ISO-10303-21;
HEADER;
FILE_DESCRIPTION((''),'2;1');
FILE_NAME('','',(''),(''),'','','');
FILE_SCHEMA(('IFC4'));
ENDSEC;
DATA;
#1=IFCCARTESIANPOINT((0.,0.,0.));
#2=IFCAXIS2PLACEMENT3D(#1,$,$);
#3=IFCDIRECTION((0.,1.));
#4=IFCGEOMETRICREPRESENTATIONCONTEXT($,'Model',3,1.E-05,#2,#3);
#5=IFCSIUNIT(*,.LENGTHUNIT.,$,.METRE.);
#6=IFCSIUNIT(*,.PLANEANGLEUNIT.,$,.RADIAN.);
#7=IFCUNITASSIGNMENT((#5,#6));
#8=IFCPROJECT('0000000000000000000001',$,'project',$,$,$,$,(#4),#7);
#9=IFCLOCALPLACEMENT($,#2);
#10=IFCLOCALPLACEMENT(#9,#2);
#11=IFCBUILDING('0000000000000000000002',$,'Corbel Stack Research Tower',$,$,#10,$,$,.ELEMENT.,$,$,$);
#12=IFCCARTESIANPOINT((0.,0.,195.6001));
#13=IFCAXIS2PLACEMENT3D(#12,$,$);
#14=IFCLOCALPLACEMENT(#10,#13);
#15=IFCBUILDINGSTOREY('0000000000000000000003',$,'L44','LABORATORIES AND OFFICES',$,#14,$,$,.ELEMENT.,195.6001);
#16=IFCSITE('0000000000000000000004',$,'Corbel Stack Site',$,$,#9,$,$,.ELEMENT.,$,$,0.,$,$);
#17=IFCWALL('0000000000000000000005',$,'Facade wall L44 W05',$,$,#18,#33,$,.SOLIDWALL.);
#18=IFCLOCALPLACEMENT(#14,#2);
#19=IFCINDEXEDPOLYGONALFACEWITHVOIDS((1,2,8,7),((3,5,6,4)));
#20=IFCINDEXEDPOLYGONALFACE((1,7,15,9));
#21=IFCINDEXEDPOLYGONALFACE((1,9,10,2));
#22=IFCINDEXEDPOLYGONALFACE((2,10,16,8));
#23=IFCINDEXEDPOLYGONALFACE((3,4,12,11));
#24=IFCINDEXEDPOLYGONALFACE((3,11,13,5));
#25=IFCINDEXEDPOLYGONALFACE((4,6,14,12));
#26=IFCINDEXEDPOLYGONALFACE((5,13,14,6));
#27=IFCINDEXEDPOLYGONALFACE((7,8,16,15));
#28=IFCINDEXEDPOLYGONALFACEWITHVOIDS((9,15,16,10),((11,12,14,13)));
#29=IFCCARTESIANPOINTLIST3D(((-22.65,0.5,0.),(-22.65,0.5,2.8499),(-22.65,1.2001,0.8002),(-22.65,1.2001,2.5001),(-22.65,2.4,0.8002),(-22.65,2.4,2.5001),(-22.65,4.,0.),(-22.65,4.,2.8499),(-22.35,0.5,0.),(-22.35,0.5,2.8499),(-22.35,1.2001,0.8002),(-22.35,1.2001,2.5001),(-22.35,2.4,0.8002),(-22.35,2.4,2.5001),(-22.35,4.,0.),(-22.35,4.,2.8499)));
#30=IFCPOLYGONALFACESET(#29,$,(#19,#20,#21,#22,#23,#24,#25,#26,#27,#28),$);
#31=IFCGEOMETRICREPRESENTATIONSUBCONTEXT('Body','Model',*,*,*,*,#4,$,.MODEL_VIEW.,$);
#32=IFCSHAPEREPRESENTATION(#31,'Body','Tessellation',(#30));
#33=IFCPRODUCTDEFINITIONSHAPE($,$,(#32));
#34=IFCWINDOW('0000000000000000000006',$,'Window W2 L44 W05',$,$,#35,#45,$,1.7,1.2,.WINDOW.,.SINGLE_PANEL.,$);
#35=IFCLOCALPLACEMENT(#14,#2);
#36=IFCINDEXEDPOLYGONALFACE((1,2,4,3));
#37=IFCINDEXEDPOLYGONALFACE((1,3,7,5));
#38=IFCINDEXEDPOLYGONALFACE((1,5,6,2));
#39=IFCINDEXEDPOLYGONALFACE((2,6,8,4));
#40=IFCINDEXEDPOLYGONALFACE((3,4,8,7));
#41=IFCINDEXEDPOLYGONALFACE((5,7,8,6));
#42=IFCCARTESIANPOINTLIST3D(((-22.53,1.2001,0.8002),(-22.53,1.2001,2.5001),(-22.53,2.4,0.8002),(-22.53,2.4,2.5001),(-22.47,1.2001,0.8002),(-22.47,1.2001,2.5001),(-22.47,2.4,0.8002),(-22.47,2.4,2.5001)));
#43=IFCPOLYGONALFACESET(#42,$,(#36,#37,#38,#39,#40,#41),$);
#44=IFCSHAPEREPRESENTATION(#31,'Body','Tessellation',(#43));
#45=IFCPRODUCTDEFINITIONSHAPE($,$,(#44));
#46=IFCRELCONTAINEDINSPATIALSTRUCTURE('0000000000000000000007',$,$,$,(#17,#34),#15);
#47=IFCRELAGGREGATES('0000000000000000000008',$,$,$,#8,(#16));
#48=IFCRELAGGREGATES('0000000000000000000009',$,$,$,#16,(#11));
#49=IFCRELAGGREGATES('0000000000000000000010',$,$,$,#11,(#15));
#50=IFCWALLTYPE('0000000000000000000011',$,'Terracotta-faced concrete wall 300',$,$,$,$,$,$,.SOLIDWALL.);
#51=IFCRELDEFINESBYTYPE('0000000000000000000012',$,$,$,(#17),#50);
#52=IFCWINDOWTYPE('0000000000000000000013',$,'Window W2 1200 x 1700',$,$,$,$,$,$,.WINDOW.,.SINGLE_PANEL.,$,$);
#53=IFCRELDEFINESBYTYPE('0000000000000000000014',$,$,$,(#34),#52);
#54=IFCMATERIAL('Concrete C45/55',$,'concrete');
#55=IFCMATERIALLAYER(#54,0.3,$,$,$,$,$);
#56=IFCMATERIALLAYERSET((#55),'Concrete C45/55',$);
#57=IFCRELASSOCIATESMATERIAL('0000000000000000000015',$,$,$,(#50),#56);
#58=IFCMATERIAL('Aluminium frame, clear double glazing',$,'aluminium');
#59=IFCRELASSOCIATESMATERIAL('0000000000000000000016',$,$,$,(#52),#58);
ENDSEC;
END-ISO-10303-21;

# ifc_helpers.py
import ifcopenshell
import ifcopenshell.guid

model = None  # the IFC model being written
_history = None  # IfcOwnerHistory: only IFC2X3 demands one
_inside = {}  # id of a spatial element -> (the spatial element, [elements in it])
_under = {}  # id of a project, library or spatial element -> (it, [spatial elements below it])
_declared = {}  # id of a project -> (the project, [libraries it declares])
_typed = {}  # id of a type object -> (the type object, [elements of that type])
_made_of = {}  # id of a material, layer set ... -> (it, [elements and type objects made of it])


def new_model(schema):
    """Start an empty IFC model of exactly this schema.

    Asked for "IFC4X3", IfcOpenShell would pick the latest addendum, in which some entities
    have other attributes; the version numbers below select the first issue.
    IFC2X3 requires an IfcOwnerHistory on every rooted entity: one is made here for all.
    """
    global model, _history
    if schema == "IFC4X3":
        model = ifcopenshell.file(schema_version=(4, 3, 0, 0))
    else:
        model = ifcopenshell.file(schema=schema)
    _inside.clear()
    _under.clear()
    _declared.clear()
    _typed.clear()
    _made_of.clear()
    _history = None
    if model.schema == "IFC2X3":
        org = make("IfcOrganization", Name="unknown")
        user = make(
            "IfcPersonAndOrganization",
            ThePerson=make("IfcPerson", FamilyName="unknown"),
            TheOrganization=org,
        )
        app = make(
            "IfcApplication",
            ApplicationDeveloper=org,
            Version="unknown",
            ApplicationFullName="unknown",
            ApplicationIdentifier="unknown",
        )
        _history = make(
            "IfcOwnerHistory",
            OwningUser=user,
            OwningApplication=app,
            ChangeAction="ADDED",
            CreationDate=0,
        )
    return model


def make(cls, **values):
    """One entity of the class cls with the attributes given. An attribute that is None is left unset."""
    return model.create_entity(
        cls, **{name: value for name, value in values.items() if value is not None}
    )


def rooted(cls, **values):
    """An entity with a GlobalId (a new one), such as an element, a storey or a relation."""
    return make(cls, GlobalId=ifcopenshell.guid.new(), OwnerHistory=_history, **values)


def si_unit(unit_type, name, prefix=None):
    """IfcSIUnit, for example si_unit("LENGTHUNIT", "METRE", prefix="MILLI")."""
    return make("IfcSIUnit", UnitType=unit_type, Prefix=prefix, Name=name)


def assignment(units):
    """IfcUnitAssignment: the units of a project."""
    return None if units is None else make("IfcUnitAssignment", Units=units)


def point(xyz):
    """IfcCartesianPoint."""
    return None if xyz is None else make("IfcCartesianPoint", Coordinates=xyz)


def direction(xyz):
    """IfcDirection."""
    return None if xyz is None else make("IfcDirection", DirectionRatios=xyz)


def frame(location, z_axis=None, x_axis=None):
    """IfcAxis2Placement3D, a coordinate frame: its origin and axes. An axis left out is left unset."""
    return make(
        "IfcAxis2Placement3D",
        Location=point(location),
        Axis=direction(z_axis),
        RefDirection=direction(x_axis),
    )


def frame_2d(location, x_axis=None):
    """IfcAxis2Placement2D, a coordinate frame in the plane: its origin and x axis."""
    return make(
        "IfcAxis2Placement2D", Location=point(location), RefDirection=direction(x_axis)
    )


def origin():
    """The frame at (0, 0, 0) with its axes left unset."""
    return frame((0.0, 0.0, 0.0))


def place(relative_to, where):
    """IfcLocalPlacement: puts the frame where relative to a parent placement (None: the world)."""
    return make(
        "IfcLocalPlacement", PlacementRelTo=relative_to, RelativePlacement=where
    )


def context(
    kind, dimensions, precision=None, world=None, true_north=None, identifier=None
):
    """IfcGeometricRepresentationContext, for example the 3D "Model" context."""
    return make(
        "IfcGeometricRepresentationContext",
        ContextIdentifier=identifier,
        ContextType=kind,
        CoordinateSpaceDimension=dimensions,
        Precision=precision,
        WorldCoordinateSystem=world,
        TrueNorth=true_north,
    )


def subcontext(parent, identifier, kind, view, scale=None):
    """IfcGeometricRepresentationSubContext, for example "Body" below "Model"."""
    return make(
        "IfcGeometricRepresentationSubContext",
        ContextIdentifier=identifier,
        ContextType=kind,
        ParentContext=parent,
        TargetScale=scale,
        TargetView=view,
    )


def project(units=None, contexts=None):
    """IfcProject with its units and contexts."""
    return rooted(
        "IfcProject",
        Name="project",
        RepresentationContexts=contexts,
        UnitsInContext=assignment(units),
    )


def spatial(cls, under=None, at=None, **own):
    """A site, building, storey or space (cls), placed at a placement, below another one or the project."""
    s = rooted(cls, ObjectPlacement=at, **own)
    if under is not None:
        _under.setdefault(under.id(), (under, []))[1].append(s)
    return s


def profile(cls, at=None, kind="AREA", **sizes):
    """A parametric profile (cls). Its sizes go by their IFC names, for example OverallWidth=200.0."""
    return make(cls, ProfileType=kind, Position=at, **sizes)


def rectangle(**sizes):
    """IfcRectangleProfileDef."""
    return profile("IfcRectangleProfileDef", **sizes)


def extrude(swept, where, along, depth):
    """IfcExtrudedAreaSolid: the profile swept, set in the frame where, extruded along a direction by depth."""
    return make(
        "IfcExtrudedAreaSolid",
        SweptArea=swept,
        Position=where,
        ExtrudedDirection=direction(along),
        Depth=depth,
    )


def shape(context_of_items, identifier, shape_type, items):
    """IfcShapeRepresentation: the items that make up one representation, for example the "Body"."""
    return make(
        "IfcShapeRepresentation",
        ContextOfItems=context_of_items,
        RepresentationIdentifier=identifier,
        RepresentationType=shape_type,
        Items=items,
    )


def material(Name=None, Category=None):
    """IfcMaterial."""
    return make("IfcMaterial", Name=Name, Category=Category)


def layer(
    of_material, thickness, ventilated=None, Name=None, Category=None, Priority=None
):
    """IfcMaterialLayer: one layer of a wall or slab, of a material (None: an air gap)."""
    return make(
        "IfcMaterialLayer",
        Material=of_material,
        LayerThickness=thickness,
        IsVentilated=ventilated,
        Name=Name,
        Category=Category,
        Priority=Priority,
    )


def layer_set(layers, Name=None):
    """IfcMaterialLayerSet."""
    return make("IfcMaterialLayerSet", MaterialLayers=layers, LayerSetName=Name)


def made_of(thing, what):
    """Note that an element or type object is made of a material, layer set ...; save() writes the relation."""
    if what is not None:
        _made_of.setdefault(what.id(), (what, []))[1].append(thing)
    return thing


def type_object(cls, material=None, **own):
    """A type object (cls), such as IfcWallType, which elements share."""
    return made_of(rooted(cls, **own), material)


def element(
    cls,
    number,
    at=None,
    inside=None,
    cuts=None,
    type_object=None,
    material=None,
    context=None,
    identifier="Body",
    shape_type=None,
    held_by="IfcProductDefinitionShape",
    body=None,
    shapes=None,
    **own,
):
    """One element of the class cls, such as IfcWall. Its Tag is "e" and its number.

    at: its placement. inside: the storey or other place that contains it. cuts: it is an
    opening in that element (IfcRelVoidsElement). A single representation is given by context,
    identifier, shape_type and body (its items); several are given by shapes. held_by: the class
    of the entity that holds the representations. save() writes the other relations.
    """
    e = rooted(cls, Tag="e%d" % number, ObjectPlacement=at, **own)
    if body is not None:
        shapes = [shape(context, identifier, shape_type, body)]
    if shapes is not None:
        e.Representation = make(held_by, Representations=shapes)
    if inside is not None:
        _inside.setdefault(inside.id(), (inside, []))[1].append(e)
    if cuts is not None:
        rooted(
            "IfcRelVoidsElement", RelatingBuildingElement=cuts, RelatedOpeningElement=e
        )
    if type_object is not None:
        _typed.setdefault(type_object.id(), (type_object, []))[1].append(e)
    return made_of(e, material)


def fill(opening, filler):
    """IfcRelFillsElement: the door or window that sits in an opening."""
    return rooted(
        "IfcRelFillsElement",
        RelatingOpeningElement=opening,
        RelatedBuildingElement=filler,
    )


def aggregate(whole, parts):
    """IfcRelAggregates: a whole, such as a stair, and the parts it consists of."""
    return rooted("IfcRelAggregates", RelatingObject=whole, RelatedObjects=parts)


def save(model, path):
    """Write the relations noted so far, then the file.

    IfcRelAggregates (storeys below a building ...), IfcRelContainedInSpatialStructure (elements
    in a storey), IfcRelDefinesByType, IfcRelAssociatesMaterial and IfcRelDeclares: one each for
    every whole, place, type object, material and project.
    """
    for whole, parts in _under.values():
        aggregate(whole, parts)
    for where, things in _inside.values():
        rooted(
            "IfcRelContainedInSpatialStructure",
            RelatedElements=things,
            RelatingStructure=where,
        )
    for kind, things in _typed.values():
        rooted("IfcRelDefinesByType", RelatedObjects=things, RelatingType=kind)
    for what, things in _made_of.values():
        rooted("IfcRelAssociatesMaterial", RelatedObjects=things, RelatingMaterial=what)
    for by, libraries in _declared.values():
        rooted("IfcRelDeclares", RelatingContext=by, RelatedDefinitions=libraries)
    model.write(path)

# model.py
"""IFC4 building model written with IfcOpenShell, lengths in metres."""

from ifc_helpers import new_model, si_unit, direction, frame, frame_2d, origin, place, context, subcontext, project, spatial, rectangle, extrude, material, layer, layer_set, type_object, element, fill, save


model = new_model("IFC4")

# Units and contexts
model_context = context("Model", 3, precision=1e-05, world=origin(), true_north=direction((0.0, 1.0)))
body_context = subcontext(model_context, "Body", "Model", "MODEL_VIEW")
ifc_project = project(units=[si_unit("LENGTHUNIT", "METRE"), si_unit("PLANEANGLEUNIT", "RADIAN")], contexts=[model_context])

# Site, building, storey
site_placement = place(None, origin())
site = spatial("IfcSite", under=ifc_project, at=site_placement, Name="Corbel Stack Site", CompositionType="ELEMENT", RefElevation=0.0)
building_placement = place(site_placement, origin())
building = spatial("IfcBuilding", under=site, at=building_placement, Name="Corbel Stack Research Tower", CompositionType="ELEMENT")
storey_placement = place(building_placement, frame((0.0, 0.0, 195.6001)))
storey = spatial("IfcBuildingStorey", under=building, at=storey_placement, Name="L44", Description="LABORATORIES AND OFFICES", CompositionType="ELEMENT", Elevation=195.6001)

# Wall, opening, window
ifc_material_1 = material(Name="Concrete C45/55", Category="concrete")
ifc_layer_1 = layer(ifc_material_1, 0.3)
ifc_layer_set_1 = layer_set([ifc_layer_1], Name="Concrete C45/55")
wall_type_1 = type_object("IfcWallType", Name="Terracotta-faced concrete wall 300", PredefinedType="SOLIDWALL", material=ifc_layer_set_1)
ifc_material_2 = material(Name="Aluminium frame, clear double glazing", Category="aluminium")
window_type_1 = type_object("IfcWindowType", Name="Window W2 1200 x 1700", PartitioningType="SINGLE_PANEL", PredefinedType="WINDOW", material=ifc_material_2)
wall_1_placement = place(storey_placement, frame((-22.5, 0.5, 0.0), z_axis=(0.0, 0.0, 1.0), x_axis=(0.0, 1.0, 0.0)))
wall_1 = element("IfcWall", 1, at=wall_1_placement, inside=storey, type_object=wall_type_1, Name="Facade wall L44 W05", PredefinedType="SOLIDWALL", context=body_context, shape_type="SweptSolid", body=[
    extrude(rectangle(XDim=3.5, YDim=0.3, at=frame_2d((1.75, 0.0))), origin(), (0.0, 0.0, 1.0), 2.8499),
])
opening_1_placement = place(wall_1_placement, frame((0.7, 0.0, 0.8)))
opening_1 = element("IfcOpeningElement", 2, at=opening_1_placement, cuts=wall_1, PredefinedType="OPENING", context=body_context, shape_type="SweptSolid", body=[
    extrude(rectangle(XDim=1.2, YDim=1.7, at=frame_2d((0.6001, 0.8501))), frame((0.0, 0.1599, 0.0), z_axis=(0.0, -1.0, 0.0), x_axis=(1.0, 0.0, 0.0)), (0.0, 0.0, 1.0), 0.3201),
])
window_1_placement = place(opening_1_placement, origin())
window_1 = element("IfcWindow", 3, at=window_1_placement, inside=storey, type_object=window_type_1, Name="Window W2 L44 W05", OverallHeight=1.7, OverallWidth=1.2, PartitioningType="SINGLE_PANEL", PredefinedType="WINDOW", context=body_context, shape_type="SweptSolid", body=[
    extrude(rectangle(XDim=1.2, YDim=1.7, at=frame_2d((0.6001, 0.8501))), frame((0.0, 0.03, 0.0), z_axis=(0.0, -1.0, 0.0), x_axis=(1.0, 0.0, 0.0)), (0.0, 0.0, 1.0), 0.0601),
])
fill(opening_1, window_1)

save(model, "model.ifc")
